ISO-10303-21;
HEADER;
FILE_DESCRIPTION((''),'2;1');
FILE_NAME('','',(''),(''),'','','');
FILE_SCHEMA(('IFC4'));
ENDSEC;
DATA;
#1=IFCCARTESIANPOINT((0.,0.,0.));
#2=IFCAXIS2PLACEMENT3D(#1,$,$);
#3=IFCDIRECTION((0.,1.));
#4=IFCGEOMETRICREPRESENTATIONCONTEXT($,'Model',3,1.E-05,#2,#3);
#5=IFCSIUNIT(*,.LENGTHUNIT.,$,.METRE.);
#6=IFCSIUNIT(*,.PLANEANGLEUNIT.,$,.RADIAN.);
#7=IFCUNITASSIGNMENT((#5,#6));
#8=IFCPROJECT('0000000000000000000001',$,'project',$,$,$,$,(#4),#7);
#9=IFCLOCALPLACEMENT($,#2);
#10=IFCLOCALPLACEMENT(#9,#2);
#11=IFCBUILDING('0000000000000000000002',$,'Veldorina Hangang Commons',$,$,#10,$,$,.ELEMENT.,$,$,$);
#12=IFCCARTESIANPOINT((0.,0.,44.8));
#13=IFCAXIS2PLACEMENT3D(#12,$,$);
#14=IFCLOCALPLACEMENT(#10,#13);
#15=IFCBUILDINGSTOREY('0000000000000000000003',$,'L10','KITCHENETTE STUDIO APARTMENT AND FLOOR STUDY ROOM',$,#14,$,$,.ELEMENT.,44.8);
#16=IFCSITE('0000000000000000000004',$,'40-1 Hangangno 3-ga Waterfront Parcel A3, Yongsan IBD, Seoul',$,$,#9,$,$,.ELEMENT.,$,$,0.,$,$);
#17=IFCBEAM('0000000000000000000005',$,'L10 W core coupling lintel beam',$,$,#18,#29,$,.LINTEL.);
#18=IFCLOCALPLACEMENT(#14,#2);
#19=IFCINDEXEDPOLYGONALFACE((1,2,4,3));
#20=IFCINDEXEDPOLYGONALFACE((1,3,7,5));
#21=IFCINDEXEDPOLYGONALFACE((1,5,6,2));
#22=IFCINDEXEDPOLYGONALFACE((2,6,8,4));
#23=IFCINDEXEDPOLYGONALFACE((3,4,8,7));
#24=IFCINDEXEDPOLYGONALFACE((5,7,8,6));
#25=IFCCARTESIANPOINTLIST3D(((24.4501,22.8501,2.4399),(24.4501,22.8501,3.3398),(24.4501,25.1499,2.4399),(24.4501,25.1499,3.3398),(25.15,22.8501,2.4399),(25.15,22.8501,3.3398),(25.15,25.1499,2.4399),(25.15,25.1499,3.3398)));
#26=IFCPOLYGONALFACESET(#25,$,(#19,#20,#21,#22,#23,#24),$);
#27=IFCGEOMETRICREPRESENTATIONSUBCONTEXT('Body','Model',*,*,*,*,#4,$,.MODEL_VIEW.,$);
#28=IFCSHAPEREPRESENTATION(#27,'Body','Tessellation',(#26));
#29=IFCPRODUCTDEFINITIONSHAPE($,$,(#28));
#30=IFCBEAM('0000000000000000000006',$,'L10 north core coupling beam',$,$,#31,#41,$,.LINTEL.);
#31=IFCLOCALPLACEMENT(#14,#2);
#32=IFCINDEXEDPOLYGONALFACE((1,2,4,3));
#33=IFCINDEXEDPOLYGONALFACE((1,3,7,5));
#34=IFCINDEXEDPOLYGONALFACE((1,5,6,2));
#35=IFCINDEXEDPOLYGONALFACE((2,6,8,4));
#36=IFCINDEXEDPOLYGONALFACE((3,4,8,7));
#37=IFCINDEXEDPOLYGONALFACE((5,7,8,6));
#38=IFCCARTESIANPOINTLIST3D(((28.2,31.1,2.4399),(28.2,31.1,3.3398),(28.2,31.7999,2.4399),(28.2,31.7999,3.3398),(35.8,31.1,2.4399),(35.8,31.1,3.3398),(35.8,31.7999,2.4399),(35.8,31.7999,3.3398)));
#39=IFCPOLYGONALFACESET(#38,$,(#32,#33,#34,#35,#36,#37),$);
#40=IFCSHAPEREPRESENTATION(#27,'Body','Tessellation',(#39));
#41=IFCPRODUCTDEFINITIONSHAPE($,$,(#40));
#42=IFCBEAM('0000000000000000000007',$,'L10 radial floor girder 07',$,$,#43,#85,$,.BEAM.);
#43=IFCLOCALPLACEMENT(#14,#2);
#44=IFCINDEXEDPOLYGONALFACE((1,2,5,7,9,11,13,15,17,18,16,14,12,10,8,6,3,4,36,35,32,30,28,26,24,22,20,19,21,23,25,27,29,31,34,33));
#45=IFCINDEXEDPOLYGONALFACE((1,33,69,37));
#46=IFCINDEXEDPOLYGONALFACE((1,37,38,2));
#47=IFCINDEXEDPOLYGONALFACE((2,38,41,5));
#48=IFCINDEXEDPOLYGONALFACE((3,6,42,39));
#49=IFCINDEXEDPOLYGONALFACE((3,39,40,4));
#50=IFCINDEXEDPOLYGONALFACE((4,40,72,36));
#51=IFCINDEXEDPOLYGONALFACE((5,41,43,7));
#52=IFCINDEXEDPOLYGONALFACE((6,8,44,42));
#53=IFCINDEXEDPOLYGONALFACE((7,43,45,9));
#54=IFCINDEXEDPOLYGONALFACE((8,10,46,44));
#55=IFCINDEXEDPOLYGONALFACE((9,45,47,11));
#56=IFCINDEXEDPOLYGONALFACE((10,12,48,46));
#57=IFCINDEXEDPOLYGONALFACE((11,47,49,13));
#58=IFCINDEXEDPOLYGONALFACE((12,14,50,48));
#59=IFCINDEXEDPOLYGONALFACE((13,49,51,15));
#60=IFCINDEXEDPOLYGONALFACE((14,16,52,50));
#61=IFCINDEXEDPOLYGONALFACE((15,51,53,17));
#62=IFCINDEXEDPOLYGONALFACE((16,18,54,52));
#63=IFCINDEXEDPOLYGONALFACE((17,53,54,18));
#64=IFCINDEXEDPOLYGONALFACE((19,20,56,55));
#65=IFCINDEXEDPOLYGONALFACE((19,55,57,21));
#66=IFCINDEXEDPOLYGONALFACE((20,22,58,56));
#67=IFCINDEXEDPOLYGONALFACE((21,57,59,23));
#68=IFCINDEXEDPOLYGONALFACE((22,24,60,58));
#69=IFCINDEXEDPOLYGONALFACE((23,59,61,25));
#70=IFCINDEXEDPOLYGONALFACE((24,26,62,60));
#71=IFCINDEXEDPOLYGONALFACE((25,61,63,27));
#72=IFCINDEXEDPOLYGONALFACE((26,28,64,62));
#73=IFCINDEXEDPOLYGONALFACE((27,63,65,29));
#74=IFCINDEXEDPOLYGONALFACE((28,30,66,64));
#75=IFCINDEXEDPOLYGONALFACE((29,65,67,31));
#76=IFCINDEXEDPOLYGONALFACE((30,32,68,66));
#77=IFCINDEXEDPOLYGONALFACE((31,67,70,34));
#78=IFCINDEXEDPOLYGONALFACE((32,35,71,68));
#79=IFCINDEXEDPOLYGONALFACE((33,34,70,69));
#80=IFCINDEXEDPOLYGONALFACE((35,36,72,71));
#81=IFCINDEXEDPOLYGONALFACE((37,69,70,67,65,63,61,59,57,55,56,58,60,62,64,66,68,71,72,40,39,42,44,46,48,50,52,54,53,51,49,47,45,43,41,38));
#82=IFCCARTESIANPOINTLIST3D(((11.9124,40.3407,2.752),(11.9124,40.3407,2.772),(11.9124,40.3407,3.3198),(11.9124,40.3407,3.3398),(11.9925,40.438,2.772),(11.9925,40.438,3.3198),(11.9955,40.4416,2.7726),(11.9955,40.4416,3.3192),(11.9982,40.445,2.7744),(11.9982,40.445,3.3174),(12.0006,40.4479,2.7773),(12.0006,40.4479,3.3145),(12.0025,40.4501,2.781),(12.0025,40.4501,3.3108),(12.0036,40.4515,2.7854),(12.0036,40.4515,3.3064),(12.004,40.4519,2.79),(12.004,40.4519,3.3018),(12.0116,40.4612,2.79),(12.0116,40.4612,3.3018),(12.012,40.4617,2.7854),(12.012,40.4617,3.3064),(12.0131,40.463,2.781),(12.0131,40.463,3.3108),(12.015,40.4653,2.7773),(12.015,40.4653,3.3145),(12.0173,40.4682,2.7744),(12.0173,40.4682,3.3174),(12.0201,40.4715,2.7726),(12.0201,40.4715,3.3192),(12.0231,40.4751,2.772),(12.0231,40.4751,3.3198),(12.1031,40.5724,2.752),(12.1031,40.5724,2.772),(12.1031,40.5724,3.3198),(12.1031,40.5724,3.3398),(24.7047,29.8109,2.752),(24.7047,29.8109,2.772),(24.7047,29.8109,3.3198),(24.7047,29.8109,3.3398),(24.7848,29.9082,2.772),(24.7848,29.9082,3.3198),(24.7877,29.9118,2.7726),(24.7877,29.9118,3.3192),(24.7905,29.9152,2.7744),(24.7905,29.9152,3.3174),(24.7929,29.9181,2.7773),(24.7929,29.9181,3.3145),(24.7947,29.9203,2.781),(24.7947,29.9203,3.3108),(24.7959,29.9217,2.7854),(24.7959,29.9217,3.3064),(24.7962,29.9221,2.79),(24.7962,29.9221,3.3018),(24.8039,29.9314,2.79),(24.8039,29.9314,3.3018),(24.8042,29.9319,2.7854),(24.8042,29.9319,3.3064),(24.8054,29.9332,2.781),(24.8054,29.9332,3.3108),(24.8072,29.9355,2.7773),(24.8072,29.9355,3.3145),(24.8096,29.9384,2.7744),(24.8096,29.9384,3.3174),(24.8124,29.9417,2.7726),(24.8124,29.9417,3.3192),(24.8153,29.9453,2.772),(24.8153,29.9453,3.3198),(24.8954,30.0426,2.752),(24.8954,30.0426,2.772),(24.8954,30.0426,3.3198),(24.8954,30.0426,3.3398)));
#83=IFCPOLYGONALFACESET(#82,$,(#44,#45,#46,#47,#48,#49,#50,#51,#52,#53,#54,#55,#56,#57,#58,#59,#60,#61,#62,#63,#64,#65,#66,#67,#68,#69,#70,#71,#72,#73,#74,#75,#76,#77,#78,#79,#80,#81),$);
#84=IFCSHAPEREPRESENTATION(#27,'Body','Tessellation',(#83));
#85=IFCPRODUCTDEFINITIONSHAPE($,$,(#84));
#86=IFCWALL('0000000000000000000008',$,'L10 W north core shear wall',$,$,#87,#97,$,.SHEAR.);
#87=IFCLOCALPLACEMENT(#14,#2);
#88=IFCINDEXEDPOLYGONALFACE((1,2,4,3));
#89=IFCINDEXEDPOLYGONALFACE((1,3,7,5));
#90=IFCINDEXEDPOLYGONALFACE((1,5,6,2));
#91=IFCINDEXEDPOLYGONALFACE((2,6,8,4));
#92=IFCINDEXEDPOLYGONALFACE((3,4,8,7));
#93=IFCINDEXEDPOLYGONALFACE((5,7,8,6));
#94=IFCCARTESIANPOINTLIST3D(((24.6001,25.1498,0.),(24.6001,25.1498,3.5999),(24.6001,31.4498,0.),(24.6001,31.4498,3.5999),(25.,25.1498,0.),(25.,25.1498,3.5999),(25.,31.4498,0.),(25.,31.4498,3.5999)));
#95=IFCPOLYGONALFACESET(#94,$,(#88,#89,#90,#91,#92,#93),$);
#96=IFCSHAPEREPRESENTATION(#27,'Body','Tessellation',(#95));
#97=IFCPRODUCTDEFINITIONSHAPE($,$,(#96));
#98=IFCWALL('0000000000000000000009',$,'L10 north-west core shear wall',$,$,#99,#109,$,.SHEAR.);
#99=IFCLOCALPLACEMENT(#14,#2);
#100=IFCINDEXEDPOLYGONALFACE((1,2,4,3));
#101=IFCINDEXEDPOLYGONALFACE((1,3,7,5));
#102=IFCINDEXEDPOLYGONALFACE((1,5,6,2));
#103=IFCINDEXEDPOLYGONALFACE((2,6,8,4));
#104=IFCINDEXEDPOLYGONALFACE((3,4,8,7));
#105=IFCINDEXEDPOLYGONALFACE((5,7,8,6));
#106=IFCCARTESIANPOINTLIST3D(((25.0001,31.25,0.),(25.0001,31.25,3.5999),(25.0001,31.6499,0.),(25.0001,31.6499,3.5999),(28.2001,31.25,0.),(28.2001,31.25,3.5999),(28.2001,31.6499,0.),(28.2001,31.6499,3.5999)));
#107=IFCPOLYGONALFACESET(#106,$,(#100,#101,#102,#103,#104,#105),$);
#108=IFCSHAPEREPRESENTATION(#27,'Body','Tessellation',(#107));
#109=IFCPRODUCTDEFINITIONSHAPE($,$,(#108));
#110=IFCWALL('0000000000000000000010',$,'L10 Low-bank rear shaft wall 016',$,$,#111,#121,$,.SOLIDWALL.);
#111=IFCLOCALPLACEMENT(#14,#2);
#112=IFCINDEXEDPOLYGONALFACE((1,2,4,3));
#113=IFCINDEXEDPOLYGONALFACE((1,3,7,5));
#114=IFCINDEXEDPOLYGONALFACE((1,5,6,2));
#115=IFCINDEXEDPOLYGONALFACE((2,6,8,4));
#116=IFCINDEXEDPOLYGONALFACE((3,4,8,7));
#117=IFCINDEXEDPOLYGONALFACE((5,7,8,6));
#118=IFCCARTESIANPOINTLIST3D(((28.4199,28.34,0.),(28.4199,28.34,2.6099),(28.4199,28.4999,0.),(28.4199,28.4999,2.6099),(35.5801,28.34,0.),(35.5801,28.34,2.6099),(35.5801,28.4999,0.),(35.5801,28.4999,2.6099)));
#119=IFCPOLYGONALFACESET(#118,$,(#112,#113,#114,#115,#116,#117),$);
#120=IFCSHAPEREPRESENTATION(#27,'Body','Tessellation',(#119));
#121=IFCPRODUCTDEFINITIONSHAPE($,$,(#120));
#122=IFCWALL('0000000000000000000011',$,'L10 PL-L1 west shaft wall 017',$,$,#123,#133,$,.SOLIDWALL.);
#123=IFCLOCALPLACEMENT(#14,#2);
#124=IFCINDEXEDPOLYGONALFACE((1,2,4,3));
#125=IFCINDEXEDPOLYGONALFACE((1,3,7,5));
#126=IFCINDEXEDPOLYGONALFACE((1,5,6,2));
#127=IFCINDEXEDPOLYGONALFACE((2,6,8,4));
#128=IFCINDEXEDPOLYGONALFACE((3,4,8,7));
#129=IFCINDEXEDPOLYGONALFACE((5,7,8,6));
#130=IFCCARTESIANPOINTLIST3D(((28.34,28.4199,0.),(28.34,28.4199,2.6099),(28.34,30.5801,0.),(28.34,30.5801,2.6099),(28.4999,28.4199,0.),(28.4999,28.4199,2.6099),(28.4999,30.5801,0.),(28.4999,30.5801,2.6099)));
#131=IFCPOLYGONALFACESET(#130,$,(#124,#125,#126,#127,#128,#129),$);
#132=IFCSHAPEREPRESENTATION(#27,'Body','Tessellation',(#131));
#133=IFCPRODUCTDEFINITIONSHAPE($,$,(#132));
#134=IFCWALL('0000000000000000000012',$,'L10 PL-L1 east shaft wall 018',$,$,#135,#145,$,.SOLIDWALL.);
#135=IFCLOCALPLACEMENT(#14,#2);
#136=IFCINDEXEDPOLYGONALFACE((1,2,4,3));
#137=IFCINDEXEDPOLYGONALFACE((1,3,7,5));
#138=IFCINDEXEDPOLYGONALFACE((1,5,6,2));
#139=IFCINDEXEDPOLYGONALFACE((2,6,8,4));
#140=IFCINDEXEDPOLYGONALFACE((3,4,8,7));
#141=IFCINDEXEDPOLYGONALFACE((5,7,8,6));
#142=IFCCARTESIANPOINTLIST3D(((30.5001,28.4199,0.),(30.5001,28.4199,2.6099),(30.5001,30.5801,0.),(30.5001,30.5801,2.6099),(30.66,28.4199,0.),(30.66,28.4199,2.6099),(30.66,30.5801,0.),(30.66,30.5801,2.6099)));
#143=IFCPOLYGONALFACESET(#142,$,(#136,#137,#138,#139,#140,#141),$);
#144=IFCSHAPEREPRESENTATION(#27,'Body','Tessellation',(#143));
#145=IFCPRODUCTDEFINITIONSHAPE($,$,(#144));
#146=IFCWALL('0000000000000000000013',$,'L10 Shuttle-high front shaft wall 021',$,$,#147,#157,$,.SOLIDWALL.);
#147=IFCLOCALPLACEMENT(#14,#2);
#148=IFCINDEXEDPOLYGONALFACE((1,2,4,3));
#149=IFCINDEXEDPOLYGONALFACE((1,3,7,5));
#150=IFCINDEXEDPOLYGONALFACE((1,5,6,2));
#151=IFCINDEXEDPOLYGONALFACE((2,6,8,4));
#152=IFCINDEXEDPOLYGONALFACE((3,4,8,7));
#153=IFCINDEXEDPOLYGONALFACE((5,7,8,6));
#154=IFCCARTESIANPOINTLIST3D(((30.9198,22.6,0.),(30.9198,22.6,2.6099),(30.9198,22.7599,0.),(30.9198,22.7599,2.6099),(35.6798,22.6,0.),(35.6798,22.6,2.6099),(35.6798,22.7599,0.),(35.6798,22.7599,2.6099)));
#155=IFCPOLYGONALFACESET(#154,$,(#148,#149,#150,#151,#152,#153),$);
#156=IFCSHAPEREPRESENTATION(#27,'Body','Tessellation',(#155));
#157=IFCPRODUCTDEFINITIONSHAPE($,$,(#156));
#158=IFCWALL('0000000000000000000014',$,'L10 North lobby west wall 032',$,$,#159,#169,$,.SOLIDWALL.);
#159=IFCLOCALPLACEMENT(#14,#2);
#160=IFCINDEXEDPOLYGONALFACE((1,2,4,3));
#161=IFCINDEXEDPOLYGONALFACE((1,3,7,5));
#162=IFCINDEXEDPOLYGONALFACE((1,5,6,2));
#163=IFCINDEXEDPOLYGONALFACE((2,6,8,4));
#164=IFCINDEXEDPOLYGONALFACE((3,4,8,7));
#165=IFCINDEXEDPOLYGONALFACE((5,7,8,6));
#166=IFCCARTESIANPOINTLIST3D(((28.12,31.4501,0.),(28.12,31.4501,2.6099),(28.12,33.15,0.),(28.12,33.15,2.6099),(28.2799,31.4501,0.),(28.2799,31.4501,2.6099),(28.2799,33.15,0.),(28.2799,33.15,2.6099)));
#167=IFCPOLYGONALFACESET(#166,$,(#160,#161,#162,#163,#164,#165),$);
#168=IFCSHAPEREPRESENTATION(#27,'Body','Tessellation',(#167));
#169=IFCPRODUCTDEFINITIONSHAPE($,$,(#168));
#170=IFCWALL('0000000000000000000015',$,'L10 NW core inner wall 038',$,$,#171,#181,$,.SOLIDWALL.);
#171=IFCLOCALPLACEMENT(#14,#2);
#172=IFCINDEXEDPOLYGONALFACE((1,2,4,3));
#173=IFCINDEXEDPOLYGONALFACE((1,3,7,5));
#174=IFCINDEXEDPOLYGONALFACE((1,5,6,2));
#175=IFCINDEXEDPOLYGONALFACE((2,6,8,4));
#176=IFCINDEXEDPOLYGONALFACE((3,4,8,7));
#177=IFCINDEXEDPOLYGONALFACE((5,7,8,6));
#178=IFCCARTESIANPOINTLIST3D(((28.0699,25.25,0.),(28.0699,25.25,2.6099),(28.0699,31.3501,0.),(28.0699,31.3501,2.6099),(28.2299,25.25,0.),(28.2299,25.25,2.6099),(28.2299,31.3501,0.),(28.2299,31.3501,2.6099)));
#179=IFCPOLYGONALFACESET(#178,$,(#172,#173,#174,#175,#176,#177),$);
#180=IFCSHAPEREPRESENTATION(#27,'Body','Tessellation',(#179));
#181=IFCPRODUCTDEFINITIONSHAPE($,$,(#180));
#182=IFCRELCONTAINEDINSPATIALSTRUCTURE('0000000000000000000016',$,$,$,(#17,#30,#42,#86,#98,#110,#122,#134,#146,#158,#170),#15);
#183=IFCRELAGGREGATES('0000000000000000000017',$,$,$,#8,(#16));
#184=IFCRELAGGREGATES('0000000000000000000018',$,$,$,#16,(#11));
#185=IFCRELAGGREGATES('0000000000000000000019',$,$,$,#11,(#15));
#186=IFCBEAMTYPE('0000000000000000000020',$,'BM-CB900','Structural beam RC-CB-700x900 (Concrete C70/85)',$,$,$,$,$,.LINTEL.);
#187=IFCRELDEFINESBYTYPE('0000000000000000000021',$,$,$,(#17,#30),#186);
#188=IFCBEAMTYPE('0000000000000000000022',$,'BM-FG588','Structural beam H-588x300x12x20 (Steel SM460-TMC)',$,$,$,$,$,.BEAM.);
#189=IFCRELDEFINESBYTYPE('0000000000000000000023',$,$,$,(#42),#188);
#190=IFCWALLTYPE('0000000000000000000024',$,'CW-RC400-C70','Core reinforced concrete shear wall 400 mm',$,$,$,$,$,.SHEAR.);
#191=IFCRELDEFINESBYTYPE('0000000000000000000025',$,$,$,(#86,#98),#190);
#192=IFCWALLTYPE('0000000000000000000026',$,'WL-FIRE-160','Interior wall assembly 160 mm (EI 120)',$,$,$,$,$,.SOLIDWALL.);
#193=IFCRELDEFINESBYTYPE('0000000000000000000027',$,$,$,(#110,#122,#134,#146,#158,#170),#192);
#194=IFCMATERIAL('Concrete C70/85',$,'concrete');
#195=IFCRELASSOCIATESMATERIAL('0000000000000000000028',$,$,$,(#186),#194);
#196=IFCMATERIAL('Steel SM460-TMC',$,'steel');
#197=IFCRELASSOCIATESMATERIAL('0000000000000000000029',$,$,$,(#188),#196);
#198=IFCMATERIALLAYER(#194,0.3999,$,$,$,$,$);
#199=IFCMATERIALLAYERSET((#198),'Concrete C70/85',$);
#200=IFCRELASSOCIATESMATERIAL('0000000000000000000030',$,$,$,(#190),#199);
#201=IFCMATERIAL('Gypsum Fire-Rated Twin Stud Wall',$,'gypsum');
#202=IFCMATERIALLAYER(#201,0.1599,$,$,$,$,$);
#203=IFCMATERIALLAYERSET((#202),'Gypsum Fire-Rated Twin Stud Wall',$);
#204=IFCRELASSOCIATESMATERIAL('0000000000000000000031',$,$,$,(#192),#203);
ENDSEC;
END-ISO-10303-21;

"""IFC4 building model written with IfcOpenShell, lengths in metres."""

from ifc_helpers import new_model, si_unit, direction, frame, frame_2d, origin, origin_2d, place, context, subcontext, project, spatial, rectangle, i_section, extrude, material, layer, layer_set, material_profile, profile_set, type_object, element, save


model = new_model("IFC4")

# Units and contexts
model_context = context("Model", 3, precision=1e-05, world=origin(), true_north=direction((0.0, 1.0)))
body_context = subcontext(model_context, "Body", "Model", "MODEL_VIEW")
ifc_project = project(units=[si_unit("LENGTHUNIT", "METRE"), si_unit("PLANEANGLEUNIT", "RADIAN")], contexts=[model_context])

# Site, building, storey
site_placement = place(None, origin())
site = spatial("IfcSite", under=ifc_project, at=site_placement, Name="40-1 Hangangno 3-ga Waterfront Parcel A3, Yongsan IBD, Seoul", CompositionType="ELEMENT", RefElevation=0.0)
building_placement = place(site_placement, origin())
building = spatial("IfcBuilding", under=site, at=building_placement, Name="Veldorina Hangang Commons", CompositionType="ELEMENT")
storey_placement = place(building_placement, frame((0.0, 0.0, 44.8)))
storey = spatial("IfcBuildingStorey", under=building, at=storey_placement, Name="L10", Description="KITCHENETTE STUDIO APARTMENT AND FLOOR STUDY ROOM", CompositionType="ELEMENT", Elevation=44.8)

# Beams
ifc_material_1 = material(Name="Concrete C70/85", Category="concrete")
ifc_material_profile_1 = material_profile(ifc_material_1, rectangle(XDim=0.7, YDim=0.8999, at=origin_2d()), Name="RC-CB-700x900")
ifc_profile_set_1 = profile_set([ifc_material_profile_1], Name="Concrete C70/85")
beam_type_1 = type_object("IfcBeamType", Name="BM-CB900", Description="Structural beam RC-CB-700x900 (Concrete C70/85)", PredefinedType="LINTEL", material=ifc_profile_set_1)
beam_1_placement = place(storey_placement, frame((24.8, 22.8501, 2.8899), z_axis=(0.0, 1.0, 0.0), x_axis=(-1.0, 0.0, 0.0)))
element("IfcBeam", 1, at=beam_1_placement, inside=storey, type_object=beam_type_1, Name="L10 W core coupling lintel beam", PredefinedType="LINTEL", context=body_context, shape_type="SweptSolid", body=[
    extrude(rectangle(XDim=0.7, YDim=0.8999, at=origin_2d()), origin(), (0.0, 0.0, 1.0), 2.2998),
])
beam_2_placement = place(storey_placement, frame((28.2, 31.45, 2.8899), z_axis=(1.0, 0.0, 0.0), x_axis=(0.0, 1.0, 0.0)))
element("IfcBeam", 2, at=beam_2_placement, inside=storey, type_object=beam_type_1, Name="L10 north core coupling beam", PredefinedType="LINTEL", context=body_context, shape_type="SweptSolid", body=[
    extrude(rectangle(XDim=0.7, YDim=0.8999, at=origin_2d()), origin(), (0.0, 0.0, 1.0), 7.6001),
])
ifc_material_2 = material(Name="Steel SM460-TMC", Category="steel")
ifc_material_profile_2 = material_profile(ifc_material_2, i_section(OverallWidth=0.3, OverallDepth=0.5879, WebThickness=0.012, FlangeThickness=0.02, FilletRadius=0.0181, at=origin_2d()), Name="H-588x300x12x20")
ifc_profile_set_2 = profile_set([ifc_material_profile_2], Name="Steel SM460-TMC")
beam_type_2 = type_object("IfcBeamType", Name="BM-FG588", Description="Structural beam H-588x300x12x20 (Steel SM460-TMC)", PredefinedType="BEAM", material=ifc_profile_set_2)
beam_3_placement = place(storey_placement, frame((24.8, 29.9268, 3.0459), z_axis=(-0.772078, 0.635527, 0.0), x_axis=(-0.635527, -0.772078, 0.0)))
element("IfcBeam", 3, at=beam_3_placement, inside=storey, type_object=beam_type_2, Name="L10 radial floor girder 07", PredefinedType="BEAM", context=body_context, shape_type="SweptSolid", body=[
    extrude(i_section(OverallWidth=0.3, OverallDepth=0.5879, WebThickness=0.012, FlangeThickness=0.02, FilletRadius=0.0181, at=origin_2d()), origin(), (0.0, 0.0, 1.0), 16.5686),
])

# Walls
ifc_layer_1 = layer(ifc_material_1, 0.3999)
ifc_layer_set_1 = layer_set([ifc_layer_1], Name="Concrete C70/85")
wall_type_1 = type_object("IfcWallType", Name="CW-RC400-C70", Description="Core reinforced concrete shear wall 400 mm", PredefinedType="SHEAR", material=ifc_layer_set_1)
wall_1_placement = place(storey_placement, frame((24.8, 25.1499, 0.0), z_axis=(0.0, 0.0, 1.0), x_axis=(0.0, 1.0, 0.0)))
element("IfcWall", 4, at=wall_1_placement, inside=storey, type_object=wall_type_1, Name="L10 W north core shear wall", PredefinedType="SHEAR", context=body_context, shape_type="SweptSolid", body=[
    extrude(rectangle(XDim=6.3, YDim=0.3999, at=frame_2d((3.1499, 0.0))), origin(), (0.0, 0.0, 1.0), 3.5999),
])
wall_2_placement = place(storey_placement, frame((25.0, 31.45, 0.0), z_axis=(0.0, 0.0, 1.0), x_axis=(1.0, 0.0, 0.0)))
element("IfcWall", 5, at=wall_2_placement, inside=storey, type_object=wall_type_1, Name="L10 north-west core shear wall", PredefinedType="SHEAR", context=body_context, shape_type="SweptSolid", body=[
    extrude(rectangle(XDim=3.2, YDim=0.3999, at=frame_2d((1.6001, 0.0))), origin(), (0.0, 0.0, 1.0), 3.5999),
])

# Shared definitions
ifc_material_3 = material(Name="Gypsum Fire-Rated Twin Stud Wall", Category="gypsum")
ifc_layer_2 = layer(ifc_material_3, 0.1599)
ifc_layer_set_2 = layer_set([ifc_layer_2], Name="Gypsum Fire-Rated Twin Stud Wall")
wall_type_2 = type_object("IfcWallType", Name="WL-FIRE-160", Description="Interior wall assembly 160 mm (EI 120)", PredefinedType="SOLIDWALL", material=ifc_layer_set_2)

# Walls
wall_3_placement = place(storey_placement, frame((28.4199, 28.4199, 0.0), z_axis=(0.0, 0.0, 1.0), x_axis=(1.0, 0.0, 0.0)))
element("IfcWall", 6, at=wall_3_placement, inside=storey, type_object=wall_type_2, Name="L10 Low-bank rear shaft wall 016", PredefinedType="SOLIDWALL", context=body_context, shape_type="SweptSolid", body=[
    extrude(rectangle(XDim=7.1602, YDim=0.1599, at=frame_2d((3.5801, 0.0))), origin(), (0.0, 0.0, 1.0), 2.6099),
])
for number, where, z_axis, x_axis, name in (
    (7, (28.4199, 28.4199, 0.0), (0.0, 0.0, 1.0), (0.0, 1.0, 0.0), "L10 PL-L1 west shaft wall 017"),
    (8, (30.5801, 28.4199, 0.0), (0.0, 0.0, 1.0), (0.0, 1.0, 0.0), "L10 PL-L1 east shaft wall 018"),
):
    element("IfcWall", number, at=place(storey_placement, frame(where, z_axis=z_axis, x_axis=x_axis)), inside=storey, type_object=wall_type_2, Name=name, PredefinedType="SOLIDWALL", context=body_context, shape_type="SweptSolid", body=[
        extrude(rectangle(XDim=2.1602, YDim=0.1599, at=frame_2d((1.0801, 0.0))), origin(), (0.0, 0.0, 1.0), 2.6099),
    ])
wall_4_placement = place(storey_placement, frame((30.9199, 22.6799, 0.0), z_axis=(0.0, 0.0, 1.0), x_axis=(1.0, 0.0, 0.0)))
element("IfcWall", 9, at=wall_4_placement, inside=storey, type_object=wall_type_2, Name="L10 Shuttle-high front shaft wall 021", PredefinedType="SOLIDWALL", context=body_context, shape_type="SweptSolid", body=[
    extrude(rectangle(XDim=4.76, YDim=0.1599, at=frame_2d((2.3799, 0.0))), origin(), (0.0, 0.0, 1.0), 2.6099),
])
wall_5_placement = place(storey_placement, frame((28.2, 31.45, 0.0), z_axis=(0.0, 0.0, 1.0), x_axis=(0.0, 1.0, 0.0)))
element("IfcWall", 10, at=wall_5_placement, inside=storey, type_object=wall_type_2, Name="L10 North lobby west wall 032", PredefinedType="SOLIDWALL", context=body_context, shape_type="SweptSolid", body=[
    extrude(rectangle(XDim=1.7, YDim=0.1599, at=frame_2d((0.8501, 0.0))), origin(), (0.0, 0.0, 1.0), 2.6099),
])
wall_6_placement = place(storey_placement, frame((28.1499, 25.25, 0.0), z_axis=(0.0, 0.0, 1.0), x_axis=(0.0, 1.0, 0.0)))
element("IfcWall", 11, at=wall_6_placement, inside=storey, type_object=wall_type_2, Name="L10 NW core inner wall 038", PredefinedType="SOLIDWALL", context=body_context, shape_type="SweptSolid", body=[
    extrude(rectangle(XDim=6.1001, YDim=0.1599, at=frame_2d((3.05, 0.0))), origin(), (0.0, 0.0, 1.0), 2.6099),
])

save(model, "model.ifc")
